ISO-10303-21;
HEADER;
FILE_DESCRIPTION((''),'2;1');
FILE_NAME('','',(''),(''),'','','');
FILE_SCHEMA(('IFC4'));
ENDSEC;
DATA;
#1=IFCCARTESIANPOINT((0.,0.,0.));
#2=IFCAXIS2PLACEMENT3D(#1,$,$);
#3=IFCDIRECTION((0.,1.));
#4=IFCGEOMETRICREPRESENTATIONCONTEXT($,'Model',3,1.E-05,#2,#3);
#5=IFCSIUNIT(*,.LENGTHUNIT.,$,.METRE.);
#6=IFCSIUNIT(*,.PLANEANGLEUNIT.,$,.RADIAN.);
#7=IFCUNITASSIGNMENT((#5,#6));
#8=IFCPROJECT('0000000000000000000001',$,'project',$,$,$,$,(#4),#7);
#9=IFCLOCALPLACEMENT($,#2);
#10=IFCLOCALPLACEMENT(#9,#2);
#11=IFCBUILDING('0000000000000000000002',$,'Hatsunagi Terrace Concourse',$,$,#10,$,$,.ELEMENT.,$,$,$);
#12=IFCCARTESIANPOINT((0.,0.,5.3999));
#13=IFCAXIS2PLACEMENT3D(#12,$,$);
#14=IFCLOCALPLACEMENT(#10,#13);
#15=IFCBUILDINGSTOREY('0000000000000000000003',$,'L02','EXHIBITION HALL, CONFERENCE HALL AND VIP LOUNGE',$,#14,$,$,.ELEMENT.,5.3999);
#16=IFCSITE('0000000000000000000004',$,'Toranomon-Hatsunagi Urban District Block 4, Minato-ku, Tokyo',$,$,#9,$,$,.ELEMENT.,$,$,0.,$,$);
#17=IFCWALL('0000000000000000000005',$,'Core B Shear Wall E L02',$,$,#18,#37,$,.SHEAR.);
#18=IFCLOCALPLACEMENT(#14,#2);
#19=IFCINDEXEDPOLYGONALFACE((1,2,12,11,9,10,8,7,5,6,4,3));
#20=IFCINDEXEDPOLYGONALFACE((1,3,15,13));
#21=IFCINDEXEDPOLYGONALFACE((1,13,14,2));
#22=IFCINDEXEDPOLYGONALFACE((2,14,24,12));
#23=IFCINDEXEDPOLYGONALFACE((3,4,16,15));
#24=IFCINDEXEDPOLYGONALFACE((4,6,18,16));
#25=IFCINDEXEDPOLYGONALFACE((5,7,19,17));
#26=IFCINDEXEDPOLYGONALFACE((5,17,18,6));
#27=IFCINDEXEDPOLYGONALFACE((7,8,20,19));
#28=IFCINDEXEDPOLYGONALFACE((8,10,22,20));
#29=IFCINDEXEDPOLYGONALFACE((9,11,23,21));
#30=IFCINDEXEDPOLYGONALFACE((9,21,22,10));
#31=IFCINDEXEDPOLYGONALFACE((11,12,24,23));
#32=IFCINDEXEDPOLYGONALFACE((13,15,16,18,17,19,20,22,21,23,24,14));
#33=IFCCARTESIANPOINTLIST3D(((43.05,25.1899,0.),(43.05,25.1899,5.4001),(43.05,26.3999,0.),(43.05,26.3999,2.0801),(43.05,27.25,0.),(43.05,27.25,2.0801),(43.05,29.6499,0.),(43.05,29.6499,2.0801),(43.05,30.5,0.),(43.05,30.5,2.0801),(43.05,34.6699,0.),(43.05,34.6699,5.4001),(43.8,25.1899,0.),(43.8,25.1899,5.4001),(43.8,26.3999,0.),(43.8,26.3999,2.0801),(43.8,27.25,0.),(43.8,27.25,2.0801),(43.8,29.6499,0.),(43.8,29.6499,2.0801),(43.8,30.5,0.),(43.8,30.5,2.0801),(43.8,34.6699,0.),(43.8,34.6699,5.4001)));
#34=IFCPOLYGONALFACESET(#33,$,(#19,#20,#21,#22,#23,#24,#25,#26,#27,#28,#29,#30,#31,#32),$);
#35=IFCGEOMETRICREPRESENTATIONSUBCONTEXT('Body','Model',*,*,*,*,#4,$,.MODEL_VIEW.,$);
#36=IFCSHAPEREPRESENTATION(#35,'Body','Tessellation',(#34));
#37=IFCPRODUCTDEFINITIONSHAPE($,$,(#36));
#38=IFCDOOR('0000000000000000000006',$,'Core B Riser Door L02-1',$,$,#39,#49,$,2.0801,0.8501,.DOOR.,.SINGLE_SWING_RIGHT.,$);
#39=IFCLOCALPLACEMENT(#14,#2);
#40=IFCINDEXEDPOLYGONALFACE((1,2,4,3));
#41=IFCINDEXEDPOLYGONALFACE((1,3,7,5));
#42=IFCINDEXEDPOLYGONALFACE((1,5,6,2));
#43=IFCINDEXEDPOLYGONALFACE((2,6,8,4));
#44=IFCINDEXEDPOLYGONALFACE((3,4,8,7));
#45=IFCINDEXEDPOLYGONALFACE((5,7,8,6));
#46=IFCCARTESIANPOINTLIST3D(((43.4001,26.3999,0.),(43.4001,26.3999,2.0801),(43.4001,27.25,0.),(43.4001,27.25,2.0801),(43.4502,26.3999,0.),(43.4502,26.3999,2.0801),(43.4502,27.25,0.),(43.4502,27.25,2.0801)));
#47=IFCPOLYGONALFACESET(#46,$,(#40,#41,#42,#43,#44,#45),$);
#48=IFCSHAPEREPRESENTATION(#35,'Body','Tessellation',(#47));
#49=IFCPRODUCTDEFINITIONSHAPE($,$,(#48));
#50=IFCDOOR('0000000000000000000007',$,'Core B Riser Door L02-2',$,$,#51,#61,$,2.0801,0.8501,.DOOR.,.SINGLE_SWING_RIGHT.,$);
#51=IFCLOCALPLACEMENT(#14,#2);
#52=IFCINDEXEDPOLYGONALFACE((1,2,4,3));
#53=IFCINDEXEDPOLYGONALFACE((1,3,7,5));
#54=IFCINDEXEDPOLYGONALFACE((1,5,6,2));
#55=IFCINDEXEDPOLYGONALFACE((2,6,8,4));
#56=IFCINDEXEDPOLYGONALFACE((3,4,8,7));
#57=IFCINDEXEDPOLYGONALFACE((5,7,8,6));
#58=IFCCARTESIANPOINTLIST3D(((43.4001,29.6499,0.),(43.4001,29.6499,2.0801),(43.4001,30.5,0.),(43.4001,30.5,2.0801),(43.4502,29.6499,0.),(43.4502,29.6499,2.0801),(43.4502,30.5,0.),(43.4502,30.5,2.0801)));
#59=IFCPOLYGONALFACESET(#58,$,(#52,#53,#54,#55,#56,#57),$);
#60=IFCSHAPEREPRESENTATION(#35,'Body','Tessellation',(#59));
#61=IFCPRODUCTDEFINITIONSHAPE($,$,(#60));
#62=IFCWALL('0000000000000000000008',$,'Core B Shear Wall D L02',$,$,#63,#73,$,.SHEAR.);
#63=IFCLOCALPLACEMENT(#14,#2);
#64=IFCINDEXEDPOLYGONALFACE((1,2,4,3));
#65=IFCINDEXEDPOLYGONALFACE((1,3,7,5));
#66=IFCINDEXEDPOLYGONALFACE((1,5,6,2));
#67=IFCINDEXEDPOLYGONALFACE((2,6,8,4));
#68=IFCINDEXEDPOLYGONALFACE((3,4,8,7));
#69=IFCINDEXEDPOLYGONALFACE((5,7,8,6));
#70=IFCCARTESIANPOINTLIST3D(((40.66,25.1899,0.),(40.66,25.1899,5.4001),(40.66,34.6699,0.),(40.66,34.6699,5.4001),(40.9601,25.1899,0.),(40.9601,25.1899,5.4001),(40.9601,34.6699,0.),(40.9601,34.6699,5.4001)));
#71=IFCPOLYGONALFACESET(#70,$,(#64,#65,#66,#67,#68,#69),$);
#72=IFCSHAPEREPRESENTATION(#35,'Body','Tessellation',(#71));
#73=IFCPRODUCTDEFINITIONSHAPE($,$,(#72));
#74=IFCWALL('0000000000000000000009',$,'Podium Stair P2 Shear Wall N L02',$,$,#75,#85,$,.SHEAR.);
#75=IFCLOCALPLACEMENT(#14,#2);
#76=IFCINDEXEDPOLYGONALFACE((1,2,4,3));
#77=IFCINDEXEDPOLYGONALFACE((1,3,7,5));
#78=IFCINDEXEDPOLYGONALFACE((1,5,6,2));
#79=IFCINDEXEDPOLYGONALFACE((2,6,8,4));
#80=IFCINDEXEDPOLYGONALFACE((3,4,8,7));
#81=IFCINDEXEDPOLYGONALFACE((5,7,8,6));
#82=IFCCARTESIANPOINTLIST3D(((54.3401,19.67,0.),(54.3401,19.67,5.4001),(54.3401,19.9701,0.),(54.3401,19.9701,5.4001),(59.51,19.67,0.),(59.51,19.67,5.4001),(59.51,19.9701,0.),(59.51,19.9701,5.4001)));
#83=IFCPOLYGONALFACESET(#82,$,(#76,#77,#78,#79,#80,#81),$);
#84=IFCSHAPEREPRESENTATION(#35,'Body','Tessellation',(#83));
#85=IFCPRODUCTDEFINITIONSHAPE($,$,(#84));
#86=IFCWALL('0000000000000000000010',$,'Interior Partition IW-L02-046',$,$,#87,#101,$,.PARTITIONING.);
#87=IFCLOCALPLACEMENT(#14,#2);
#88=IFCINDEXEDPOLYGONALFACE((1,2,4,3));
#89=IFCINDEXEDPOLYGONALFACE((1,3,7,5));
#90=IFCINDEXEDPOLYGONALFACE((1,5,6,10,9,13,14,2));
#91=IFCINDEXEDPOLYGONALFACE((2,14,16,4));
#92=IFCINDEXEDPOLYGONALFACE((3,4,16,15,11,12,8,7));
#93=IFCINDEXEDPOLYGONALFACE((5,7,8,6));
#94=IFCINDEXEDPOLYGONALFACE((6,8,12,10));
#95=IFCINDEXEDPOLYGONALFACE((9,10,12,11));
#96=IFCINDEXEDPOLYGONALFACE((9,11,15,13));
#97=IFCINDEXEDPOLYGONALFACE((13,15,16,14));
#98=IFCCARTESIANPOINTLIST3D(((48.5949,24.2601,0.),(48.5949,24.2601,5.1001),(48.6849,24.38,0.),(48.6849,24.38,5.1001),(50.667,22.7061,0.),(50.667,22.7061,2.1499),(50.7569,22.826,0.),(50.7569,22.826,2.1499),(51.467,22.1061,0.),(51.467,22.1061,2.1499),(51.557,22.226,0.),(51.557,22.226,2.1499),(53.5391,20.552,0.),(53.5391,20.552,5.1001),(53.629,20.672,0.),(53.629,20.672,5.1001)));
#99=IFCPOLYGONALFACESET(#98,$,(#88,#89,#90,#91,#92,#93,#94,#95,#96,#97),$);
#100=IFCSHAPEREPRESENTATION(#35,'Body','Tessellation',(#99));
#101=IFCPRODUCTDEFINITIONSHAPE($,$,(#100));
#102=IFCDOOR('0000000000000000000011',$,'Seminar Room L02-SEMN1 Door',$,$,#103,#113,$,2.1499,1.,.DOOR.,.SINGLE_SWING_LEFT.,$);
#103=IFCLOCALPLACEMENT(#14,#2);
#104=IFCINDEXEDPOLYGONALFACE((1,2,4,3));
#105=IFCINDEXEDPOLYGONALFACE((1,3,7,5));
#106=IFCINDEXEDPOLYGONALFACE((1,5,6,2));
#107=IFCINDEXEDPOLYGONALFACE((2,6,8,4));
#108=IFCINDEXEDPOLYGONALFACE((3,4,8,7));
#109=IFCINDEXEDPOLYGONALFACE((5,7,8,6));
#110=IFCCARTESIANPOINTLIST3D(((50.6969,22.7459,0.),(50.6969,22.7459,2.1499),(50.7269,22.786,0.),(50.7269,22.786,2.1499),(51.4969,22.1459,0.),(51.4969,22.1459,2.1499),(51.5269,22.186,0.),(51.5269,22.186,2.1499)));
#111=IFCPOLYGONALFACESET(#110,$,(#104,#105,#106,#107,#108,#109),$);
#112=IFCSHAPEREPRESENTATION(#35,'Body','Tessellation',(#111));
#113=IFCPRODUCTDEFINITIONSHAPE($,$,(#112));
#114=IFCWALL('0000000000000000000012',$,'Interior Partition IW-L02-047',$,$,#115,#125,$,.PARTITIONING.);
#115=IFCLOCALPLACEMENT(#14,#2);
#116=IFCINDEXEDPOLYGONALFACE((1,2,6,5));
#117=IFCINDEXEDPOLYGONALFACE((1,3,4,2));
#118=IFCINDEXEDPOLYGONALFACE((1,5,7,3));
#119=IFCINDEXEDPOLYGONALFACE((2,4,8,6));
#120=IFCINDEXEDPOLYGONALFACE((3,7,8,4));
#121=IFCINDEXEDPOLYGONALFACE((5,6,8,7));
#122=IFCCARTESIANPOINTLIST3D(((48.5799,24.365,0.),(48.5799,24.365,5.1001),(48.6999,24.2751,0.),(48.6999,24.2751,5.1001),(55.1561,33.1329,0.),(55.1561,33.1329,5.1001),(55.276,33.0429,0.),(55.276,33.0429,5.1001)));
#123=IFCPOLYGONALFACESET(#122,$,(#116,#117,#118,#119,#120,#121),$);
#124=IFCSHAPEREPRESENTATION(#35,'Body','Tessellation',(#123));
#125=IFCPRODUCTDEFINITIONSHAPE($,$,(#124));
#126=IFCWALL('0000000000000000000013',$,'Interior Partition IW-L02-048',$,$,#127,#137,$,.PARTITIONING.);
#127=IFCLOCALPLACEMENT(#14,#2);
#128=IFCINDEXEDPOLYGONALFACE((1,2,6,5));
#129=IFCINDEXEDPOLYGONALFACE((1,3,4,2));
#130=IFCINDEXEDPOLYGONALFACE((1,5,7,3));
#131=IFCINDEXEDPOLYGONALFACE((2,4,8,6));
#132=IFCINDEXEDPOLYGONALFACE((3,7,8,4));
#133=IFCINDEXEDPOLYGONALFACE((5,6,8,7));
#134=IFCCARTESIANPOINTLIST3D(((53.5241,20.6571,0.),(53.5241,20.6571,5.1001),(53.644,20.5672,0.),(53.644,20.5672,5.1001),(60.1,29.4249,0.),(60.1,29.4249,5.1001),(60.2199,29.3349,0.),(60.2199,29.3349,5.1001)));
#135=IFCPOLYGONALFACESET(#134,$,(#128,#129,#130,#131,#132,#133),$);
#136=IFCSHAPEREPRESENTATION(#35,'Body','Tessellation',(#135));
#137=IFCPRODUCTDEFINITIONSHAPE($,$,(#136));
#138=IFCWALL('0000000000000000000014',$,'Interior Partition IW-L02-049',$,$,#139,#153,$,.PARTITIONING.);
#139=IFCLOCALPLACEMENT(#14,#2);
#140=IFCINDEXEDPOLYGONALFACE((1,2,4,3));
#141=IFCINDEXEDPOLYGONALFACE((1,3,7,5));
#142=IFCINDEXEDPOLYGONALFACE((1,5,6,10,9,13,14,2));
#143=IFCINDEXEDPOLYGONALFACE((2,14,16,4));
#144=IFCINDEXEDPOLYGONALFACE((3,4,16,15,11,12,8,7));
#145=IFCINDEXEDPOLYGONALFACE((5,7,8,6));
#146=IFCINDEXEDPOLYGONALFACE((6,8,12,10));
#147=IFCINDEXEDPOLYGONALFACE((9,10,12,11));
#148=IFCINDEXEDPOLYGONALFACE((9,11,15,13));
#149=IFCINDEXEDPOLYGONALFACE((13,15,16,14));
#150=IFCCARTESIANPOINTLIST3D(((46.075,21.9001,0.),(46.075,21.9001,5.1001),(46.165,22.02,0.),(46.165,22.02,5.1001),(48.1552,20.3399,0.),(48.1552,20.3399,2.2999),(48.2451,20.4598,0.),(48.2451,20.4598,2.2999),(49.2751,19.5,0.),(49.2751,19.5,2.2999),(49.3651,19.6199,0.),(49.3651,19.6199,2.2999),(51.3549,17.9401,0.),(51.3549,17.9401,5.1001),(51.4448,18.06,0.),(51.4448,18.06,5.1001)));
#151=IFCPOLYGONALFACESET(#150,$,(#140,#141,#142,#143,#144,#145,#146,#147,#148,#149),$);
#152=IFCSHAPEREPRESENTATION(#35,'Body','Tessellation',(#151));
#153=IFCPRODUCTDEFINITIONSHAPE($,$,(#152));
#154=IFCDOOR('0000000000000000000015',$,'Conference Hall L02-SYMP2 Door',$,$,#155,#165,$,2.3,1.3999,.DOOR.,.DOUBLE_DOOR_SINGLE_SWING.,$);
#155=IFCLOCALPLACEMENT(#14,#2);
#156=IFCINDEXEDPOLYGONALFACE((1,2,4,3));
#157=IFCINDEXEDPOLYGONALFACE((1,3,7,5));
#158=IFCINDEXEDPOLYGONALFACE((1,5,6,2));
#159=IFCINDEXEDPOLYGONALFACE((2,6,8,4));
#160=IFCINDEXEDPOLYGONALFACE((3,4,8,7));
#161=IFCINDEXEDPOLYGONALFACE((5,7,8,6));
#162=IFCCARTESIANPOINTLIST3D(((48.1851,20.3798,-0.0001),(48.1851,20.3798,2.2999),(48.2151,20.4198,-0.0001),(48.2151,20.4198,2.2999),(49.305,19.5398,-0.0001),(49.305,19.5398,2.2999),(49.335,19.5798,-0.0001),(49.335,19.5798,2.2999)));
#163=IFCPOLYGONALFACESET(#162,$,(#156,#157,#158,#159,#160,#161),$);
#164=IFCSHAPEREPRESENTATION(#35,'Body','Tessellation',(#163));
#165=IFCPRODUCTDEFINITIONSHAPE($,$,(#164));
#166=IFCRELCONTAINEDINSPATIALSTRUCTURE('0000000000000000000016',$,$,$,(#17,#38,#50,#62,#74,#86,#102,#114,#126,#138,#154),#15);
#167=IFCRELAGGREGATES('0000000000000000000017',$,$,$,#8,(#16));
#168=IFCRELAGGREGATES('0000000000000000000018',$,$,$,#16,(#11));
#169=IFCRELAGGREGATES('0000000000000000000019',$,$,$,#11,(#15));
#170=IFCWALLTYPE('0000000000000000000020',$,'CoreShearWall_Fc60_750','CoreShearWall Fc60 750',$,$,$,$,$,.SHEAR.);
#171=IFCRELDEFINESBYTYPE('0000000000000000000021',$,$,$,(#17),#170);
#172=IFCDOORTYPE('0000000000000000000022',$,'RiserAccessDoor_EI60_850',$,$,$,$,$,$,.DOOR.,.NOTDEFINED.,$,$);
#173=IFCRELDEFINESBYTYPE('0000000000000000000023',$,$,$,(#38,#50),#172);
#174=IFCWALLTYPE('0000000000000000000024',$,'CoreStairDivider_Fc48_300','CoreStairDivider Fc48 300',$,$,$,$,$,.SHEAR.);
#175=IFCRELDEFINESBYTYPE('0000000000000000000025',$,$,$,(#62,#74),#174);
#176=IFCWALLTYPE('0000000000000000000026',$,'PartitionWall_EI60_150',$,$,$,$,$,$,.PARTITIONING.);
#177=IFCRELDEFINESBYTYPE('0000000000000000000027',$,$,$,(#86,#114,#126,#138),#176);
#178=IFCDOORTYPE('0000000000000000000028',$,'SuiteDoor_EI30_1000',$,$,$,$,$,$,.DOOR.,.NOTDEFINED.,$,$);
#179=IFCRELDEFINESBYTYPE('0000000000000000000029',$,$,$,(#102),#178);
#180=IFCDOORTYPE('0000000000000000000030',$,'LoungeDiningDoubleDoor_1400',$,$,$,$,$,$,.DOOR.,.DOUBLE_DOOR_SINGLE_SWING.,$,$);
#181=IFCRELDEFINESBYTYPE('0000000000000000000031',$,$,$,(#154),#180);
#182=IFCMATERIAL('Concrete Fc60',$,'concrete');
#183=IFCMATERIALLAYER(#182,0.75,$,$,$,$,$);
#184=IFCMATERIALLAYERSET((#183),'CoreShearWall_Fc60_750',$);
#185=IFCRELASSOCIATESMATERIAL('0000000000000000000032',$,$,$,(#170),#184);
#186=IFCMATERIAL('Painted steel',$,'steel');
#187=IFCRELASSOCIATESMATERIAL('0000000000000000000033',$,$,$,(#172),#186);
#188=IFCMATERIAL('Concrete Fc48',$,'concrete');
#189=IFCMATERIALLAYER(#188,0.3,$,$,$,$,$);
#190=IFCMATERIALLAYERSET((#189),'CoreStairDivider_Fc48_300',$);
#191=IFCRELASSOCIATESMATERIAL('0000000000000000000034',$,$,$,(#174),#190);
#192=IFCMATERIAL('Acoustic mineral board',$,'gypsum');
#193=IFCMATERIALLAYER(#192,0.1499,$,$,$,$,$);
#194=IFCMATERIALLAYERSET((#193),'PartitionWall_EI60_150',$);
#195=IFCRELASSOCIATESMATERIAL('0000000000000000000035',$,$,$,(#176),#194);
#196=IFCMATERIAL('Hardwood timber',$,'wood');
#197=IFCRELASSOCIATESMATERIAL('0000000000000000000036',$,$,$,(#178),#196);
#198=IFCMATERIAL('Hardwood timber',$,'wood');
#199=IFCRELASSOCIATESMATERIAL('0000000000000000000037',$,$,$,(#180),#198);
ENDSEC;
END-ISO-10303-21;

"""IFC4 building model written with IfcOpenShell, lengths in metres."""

from ifc_helpers import new_model, si_unit, direction, frame, frame_2d, origin, place, context, subcontext, project, spatial, rectangle, extrude, material, layer, layer_set, type_object, element, fill, save


model = new_model("IFC4")

# Units and contexts
model_context = context("Model", 3, precision=1e-05, world=origin(), true_north=direction((0.0, 1.0)))
body_context = subcontext(model_context, "Body", "Model", "MODEL_VIEW")
ifc_project = project(units=[si_unit("LENGTHUNIT", "METRE"), si_unit("PLANEANGLEUNIT", "RADIAN")], contexts=[model_context])

# Site, building, storey
site_placement = place(None, origin())
site = spatial("IfcSite", under=ifc_project, at=site_placement, Name="Toranomon-Hatsunagi Urban District Block 4, Minato-ku, Tokyo", CompositionType="ELEMENT", RefElevation=0.0)
building_placement = place(site_placement, origin())
building = spatial("IfcBuilding", under=site, at=building_placement, Name="Hatsunagi Terrace Concourse", CompositionType="ELEMENT")
storey_placement = place(building_placement, frame((0.0, 0.0, 5.3999)))
storey = spatial("IfcBuildingStorey", under=building, at=storey_placement, Name="L02", Description="EXHIBITION HALL, CONFERENCE HALL AND VIP LOUNGE", CompositionType="ELEMENT", Elevation=5.3999)

# Shared definitions
ifc_material_1 = material(Name="Concrete Fc60", Category="concrete")
ifc_layer_1 = layer(ifc_material_1, 0.75)
ifc_layer_set_1 = layer_set([ifc_layer_1], Name="CoreShearWall_Fc60_750")
wall_type_1 = type_object("IfcWallType", Name="CoreShearWall_Fc60_750", Description="CoreShearWall Fc60 750", PredefinedType="SHEAR", material=ifc_layer_set_1)

# Wall, openings, doors
wall_1_placement = place(storey_placement, frame((43.425, 25.1899, 0.0), z_axis=(0.0, 0.0, 1.0), x_axis=(0.0, 1.0, 0.0)))
wall_1 = element("IfcWall", 1, at=wall_1_placement, inside=storey, type_object=wall_type_1, Name="Core B Shear Wall E L02", PredefinedType="SHEAR", context=body_context, shape_type="SweptSolid", body=[
    extrude(rectangle(XDim=9.48, YDim=0.75, at=frame_2d((4.74, 0.0))), origin(), (0.0, 0.0, 1.0), 5.4001),
])
opening_1_placement = place(wall_1_placement, frame((1.21, 0.0, 0.0)))
opening_1 = element("IfcOpeningElement", 2, at=opening_1_placement, cuts=wall_1, PredefinedType="OPENING", context=body_context, shape_type="SweptSolid", body=[
    extrude(rectangle(XDim=0.8501, YDim=2.0801, at=frame_2d((0.425, 1.04))), frame((0.0, 0.385, 0.0), z_axis=(0.0, -1.0, 0.0), x_axis=(1.0, 0.0, 0.0)), (0.0, 0.0, 1.0), 0.77),
])
opening_2_placement = place(wall_1_placement, frame((4.46, 0.0, 0.0)))
opening_2 = element("IfcOpeningElement", 3, at=opening_2_placement, cuts=wall_1, PredefinedType="OPENING", context=body_context, shape_type="SweptSolid", body=[
    extrude(rectangle(XDim=0.8501, YDim=2.0801, at=frame_2d((0.425, 1.04))), frame((0.0, 0.385, 0.0), z_axis=(0.0, -1.0, 0.0), x_axis=(1.0, 0.0, 0.0)), (0.0, 0.0, 1.0), 0.77),
])
ifc_material_2 = material(Name="Painted steel", Category="steel")
door_type_1 = type_object("IfcDoorType", Name="RiserAccessDoor_EI60_850", OperationType="NOTDEFINED", PredefinedType="DOOR", material=ifc_material_2)
door_1_placement = place(opening_1_placement, origin())
door_1 = element("IfcDoor", 4, at=door_1_placement, inside=storey, type_object=door_type_1, Name="Core B Riser Door L02-1", OperationType="SINGLE_SWING_RIGHT", OverallHeight=2.0801, OverallWidth=0.8501, PredefinedType="DOOR", context=body_context, shape_type="SweptSolid", body=[
    extrude(rectangle(XDim=0.8501, YDim=2.0801, at=frame_2d((0.425, 1.04))), frame((0.0, 0.0249, 0.0), z_axis=(0.0, -1.0, 0.0), x_axis=(1.0, 0.0, 0.0)), (0.0, 0.0, 1.0), 0.05),
])
fill(opening_1, door_1)
door_2_placement = place(opening_2_placement, origin())
door_2 = element("IfcDoor", 5, at=door_2_placement, inside=storey, type_object=door_type_1, Name="Core B Riser Door L02-2", OperationType="SINGLE_SWING_RIGHT", OverallHeight=2.0801, OverallWidth=0.8501, PredefinedType="DOOR", context=body_context, shape_type="SweptSolid", body=[
    extrude(rectangle(XDim=0.8501, YDim=2.0801, at=frame_2d((0.425, 1.04))), frame((0.0, 0.0249, 0.0), z_axis=(0.0, -1.0, 0.0), x_axis=(1.0, 0.0, 0.0)), (0.0, 0.0, 1.0), 0.05),
])
fill(opening_2, door_2)

# Walls
ifc_material_3 = material(Name="Concrete Fc48", Category="concrete")
ifc_layer_2 = layer(ifc_material_3, 0.3)
ifc_layer_set_2 = layer_set([ifc_layer_2], Name="CoreStairDivider_Fc48_300")
wall_type_2 = type_object("IfcWallType", Name="CoreStairDivider_Fc48_300", Description="CoreStairDivider Fc48 300", PredefinedType="SHEAR", material=ifc_layer_set_2)
wall_2_placement = place(storey_placement, frame((40.8101, 25.1899, 0.0), z_axis=(0.0, 0.0, 1.0), x_axis=(0.0, 1.0, 0.0)))
element("IfcWall", 6, at=wall_2_placement, inside=storey, type_object=wall_type_2, Name="Core B Shear Wall D L02", PredefinedType="SHEAR", context=body_context, shape_type="SweptSolid", body=[
    extrude(rectangle(XDim=9.48, YDim=0.3, at=frame_2d((4.74, 0.0))), origin(), (0.0, 0.0, 1.0), 5.4001),
])
wall_3_placement = place(storey_placement, frame((54.3401, 19.8201, 0.0), z_axis=(0.0, 0.0, 1.0), x_axis=(1.0, 0.0, 0.0)))
element("IfcWall", 7, at=wall_3_placement, inside=storey, type_object=wall_type_2, Name="Podium Stair P2 Shear Wall N L02", PredefinedType="SHEAR", context=body_context, shape_type="SweptSolid", body=[
    extrude(rectangle(XDim=5.1699, YDim=0.3, at=frame_2d((2.585, 0.0))), origin(), (0.0, 0.0, 1.0), 5.4001),
])

# Wall, opening, door
ifc_material_4 = material(Name="Acoustic mineral board", Category="gypsum")
ifc_layer_3 = layer(ifc_material_4, 0.1499)
ifc_layer_set_3 = layer_set([ifc_layer_3], Name="PartitionWall_EI60_150")
wall_type_3 = type_object("IfcWallType", Name="PartitionWall_EI60_150", PredefinedType="PARTITIONING", material=ifc_layer_set_3)
wall_4_placement = place(storey_placement, frame((48.6399, 24.3201, 0.0), z_axis=(0.0, 0.0, 1.0), x_axis=(0.800005, -0.599994, 0.0)))
wall_4 = element("IfcWall", 8, at=wall_4_placement, inside=storey, type_object=wall_type_3, Name="Interior Partition IW-L02-046", PredefinedType="PARTITIONING", context=body_context, shape_type="SweptSolid", body=[
    extrude(rectangle(XDim=6.1802, YDim=0.1499, at=frame_2d((3.0901, 0.0))), origin(), (0.0, 0.0, 1.0), 5.1001),
])
opening_3_placement = place(wall_4_placement, frame((2.5901, 0.0, 0.0)))
opening_3 = element("IfcOpeningElement", 9, at=opening_3_placement, cuts=wall_4, PredefinedType="OPENING", context=body_context, shape_type="SweptSolid", body=[
    extrude(rectangle(XDim=1.0, YDim=2.1499, at=frame_2d((0.5, 1.075))), frame((0.0, 0.085, 0.0), z_axis=(0.0, -1.0, 0.0), x_axis=(1.0, 0.0, 0.0)), (0.0, 0.0, 1.0), 0.1699),
])
ifc_material_5 = material(Name="Hardwood timber", Category="wood")
door_type_2 = type_object("IfcDoorType", Name="SuiteDoor_EI30_1000", OperationType="NOTDEFINED", PredefinedType="DOOR", material=ifc_material_5)
door_3_placement = place(opening_3_placement, origin())
door_3 = element("IfcDoor", 10, at=door_3_placement, inside=storey, type_object=door_type_2, Name="Seminar Room L02-SEMN1 Door", OperationType="SINGLE_SWING_LEFT", OverallHeight=2.1499, OverallWidth=1.0, PredefinedType="DOOR", context=body_context, shape_type="SweptSolid", body=[
    extrude(rectangle(XDim=1.0, YDim=2.1499, at=frame_2d((0.5, 1.075))), frame((0.0, 0.0249, 0.0), z_axis=(0.0, -1.0, 0.0), x_axis=(1.0, 0.0, 0.0)), (0.0, 0.0, 1.0), 0.05),
])
fill(opening_3, door_3)

# Walls
wall_5_placement = place(storey_placement, frame((48.6399, 24.3201, 0.0), z_axis=(0.0, 0.0, 1.0), x_axis=(0.600018, 0.799987, 0.0)))
element("IfcWall", 11, at=wall_5_placement, inside=storey, type_object=wall_type_3, Name="Interior Partition IW-L02-047", PredefinedType="PARTITIONING", context=body_context, shape_type="SweptSolid", body=[
    extrude(rectangle(XDim=10.96, YDim=0.1499, at=frame_2d((5.48, 0.0))), origin(), (0.0, 0.0, 1.0), 5.1001),
])
wall_6_placement = place(storey_placement, frame((53.584, 20.6121, 0.0), z_axis=(0.0, 0.0, 1.0), x_axis=(0.600004, 0.799997, 0.0)))
element("IfcWall", 12, at=wall_6_placement, inside=storey, type_object=wall_type_3, Name="Interior Partition IW-L02-048", PredefinedType="PARTITIONING", context=body_context, shape_type="SweptSolid", body=[
    extrude(rectangle(XDim=10.9597, YDim=0.1499, at=frame_2d((5.48, 0.0))), origin(), (0.0, 0.0, 1.0), 5.1001),
])

# Wall, opening, door
wall_7_placement = place(storey_placement, frame((46.1201, 21.96, 0.0), z_axis=(0.0, 0.0, 1.0), x_axis=(0.799991, -0.600012, 0.0)))
wall_7 = element("IfcWall", 13, at=wall_7_placement, inside=storey, type_object=wall_type_3, Name="Interior Partition IW-L02-049", PredefinedType="PARTITIONING", context=body_context, shape_type="SweptSolid", body=[
    extrude(rectangle(XDim=6.5999, YDim=0.1499, at=frame_2d((3.2998, 0.0))), origin(), (0.0, 0.0, 1.0), 5.1001),
])
opening_4_placement = place(wall_7_placement, frame((2.6001, 0.0, 0.0)))
opening_4 = element("IfcOpeningElement", 14, at=opening_4_placement, cuts=wall_7, PredefinedType="OPENING", context=body_context, shape_type="SweptSolid", body=[
    extrude(rectangle(XDim=1.3999, YDim=2.3, at=frame_2d((0.7, 1.1499))), frame((0.0, 0.085, 0.0), z_axis=(0.0, -1.0, 0.0), x_axis=(1.0, 0.0, 0.0)), (0.0, 0.0, 1.0), 0.1699),
])
ifc_material_6 = material(Name="Hardwood timber", Category="wood")
door_type_3 = type_object("IfcDoorType", Name="LoungeDiningDoubleDoor_1400", OperationType="DOUBLE_DOOR_SINGLE_SWING", PredefinedType="DOOR", material=ifc_material_6)
door_4_placement = place(opening_4_placement, origin())
door_4 = element("IfcDoor", 15, at=door_4_placement, inside=storey, type_object=door_type_3, Name="Conference Hall L02-SYMP2 Door", OperationType="DOUBLE_DOOR_SINGLE_SWING", OverallHeight=2.3, OverallWidth=1.3999, PredefinedType="DOOR", context=body_context, shape_type="SweptSolid", body=[
    extrude(rectangle(XDim=1.3999, YDim=2.3, at=frame_2d((0.7, 1.1499))), frame((0.0, 0.0249, 0.0), z_axis=(0.0, -1.0, 0.0), x_axis=(1.0, 0.0, 0.0)), (0.0, 0.0, 1.0), 0.05),
])
fill(opening_4, door_4)

save(model, "model.ifc")
